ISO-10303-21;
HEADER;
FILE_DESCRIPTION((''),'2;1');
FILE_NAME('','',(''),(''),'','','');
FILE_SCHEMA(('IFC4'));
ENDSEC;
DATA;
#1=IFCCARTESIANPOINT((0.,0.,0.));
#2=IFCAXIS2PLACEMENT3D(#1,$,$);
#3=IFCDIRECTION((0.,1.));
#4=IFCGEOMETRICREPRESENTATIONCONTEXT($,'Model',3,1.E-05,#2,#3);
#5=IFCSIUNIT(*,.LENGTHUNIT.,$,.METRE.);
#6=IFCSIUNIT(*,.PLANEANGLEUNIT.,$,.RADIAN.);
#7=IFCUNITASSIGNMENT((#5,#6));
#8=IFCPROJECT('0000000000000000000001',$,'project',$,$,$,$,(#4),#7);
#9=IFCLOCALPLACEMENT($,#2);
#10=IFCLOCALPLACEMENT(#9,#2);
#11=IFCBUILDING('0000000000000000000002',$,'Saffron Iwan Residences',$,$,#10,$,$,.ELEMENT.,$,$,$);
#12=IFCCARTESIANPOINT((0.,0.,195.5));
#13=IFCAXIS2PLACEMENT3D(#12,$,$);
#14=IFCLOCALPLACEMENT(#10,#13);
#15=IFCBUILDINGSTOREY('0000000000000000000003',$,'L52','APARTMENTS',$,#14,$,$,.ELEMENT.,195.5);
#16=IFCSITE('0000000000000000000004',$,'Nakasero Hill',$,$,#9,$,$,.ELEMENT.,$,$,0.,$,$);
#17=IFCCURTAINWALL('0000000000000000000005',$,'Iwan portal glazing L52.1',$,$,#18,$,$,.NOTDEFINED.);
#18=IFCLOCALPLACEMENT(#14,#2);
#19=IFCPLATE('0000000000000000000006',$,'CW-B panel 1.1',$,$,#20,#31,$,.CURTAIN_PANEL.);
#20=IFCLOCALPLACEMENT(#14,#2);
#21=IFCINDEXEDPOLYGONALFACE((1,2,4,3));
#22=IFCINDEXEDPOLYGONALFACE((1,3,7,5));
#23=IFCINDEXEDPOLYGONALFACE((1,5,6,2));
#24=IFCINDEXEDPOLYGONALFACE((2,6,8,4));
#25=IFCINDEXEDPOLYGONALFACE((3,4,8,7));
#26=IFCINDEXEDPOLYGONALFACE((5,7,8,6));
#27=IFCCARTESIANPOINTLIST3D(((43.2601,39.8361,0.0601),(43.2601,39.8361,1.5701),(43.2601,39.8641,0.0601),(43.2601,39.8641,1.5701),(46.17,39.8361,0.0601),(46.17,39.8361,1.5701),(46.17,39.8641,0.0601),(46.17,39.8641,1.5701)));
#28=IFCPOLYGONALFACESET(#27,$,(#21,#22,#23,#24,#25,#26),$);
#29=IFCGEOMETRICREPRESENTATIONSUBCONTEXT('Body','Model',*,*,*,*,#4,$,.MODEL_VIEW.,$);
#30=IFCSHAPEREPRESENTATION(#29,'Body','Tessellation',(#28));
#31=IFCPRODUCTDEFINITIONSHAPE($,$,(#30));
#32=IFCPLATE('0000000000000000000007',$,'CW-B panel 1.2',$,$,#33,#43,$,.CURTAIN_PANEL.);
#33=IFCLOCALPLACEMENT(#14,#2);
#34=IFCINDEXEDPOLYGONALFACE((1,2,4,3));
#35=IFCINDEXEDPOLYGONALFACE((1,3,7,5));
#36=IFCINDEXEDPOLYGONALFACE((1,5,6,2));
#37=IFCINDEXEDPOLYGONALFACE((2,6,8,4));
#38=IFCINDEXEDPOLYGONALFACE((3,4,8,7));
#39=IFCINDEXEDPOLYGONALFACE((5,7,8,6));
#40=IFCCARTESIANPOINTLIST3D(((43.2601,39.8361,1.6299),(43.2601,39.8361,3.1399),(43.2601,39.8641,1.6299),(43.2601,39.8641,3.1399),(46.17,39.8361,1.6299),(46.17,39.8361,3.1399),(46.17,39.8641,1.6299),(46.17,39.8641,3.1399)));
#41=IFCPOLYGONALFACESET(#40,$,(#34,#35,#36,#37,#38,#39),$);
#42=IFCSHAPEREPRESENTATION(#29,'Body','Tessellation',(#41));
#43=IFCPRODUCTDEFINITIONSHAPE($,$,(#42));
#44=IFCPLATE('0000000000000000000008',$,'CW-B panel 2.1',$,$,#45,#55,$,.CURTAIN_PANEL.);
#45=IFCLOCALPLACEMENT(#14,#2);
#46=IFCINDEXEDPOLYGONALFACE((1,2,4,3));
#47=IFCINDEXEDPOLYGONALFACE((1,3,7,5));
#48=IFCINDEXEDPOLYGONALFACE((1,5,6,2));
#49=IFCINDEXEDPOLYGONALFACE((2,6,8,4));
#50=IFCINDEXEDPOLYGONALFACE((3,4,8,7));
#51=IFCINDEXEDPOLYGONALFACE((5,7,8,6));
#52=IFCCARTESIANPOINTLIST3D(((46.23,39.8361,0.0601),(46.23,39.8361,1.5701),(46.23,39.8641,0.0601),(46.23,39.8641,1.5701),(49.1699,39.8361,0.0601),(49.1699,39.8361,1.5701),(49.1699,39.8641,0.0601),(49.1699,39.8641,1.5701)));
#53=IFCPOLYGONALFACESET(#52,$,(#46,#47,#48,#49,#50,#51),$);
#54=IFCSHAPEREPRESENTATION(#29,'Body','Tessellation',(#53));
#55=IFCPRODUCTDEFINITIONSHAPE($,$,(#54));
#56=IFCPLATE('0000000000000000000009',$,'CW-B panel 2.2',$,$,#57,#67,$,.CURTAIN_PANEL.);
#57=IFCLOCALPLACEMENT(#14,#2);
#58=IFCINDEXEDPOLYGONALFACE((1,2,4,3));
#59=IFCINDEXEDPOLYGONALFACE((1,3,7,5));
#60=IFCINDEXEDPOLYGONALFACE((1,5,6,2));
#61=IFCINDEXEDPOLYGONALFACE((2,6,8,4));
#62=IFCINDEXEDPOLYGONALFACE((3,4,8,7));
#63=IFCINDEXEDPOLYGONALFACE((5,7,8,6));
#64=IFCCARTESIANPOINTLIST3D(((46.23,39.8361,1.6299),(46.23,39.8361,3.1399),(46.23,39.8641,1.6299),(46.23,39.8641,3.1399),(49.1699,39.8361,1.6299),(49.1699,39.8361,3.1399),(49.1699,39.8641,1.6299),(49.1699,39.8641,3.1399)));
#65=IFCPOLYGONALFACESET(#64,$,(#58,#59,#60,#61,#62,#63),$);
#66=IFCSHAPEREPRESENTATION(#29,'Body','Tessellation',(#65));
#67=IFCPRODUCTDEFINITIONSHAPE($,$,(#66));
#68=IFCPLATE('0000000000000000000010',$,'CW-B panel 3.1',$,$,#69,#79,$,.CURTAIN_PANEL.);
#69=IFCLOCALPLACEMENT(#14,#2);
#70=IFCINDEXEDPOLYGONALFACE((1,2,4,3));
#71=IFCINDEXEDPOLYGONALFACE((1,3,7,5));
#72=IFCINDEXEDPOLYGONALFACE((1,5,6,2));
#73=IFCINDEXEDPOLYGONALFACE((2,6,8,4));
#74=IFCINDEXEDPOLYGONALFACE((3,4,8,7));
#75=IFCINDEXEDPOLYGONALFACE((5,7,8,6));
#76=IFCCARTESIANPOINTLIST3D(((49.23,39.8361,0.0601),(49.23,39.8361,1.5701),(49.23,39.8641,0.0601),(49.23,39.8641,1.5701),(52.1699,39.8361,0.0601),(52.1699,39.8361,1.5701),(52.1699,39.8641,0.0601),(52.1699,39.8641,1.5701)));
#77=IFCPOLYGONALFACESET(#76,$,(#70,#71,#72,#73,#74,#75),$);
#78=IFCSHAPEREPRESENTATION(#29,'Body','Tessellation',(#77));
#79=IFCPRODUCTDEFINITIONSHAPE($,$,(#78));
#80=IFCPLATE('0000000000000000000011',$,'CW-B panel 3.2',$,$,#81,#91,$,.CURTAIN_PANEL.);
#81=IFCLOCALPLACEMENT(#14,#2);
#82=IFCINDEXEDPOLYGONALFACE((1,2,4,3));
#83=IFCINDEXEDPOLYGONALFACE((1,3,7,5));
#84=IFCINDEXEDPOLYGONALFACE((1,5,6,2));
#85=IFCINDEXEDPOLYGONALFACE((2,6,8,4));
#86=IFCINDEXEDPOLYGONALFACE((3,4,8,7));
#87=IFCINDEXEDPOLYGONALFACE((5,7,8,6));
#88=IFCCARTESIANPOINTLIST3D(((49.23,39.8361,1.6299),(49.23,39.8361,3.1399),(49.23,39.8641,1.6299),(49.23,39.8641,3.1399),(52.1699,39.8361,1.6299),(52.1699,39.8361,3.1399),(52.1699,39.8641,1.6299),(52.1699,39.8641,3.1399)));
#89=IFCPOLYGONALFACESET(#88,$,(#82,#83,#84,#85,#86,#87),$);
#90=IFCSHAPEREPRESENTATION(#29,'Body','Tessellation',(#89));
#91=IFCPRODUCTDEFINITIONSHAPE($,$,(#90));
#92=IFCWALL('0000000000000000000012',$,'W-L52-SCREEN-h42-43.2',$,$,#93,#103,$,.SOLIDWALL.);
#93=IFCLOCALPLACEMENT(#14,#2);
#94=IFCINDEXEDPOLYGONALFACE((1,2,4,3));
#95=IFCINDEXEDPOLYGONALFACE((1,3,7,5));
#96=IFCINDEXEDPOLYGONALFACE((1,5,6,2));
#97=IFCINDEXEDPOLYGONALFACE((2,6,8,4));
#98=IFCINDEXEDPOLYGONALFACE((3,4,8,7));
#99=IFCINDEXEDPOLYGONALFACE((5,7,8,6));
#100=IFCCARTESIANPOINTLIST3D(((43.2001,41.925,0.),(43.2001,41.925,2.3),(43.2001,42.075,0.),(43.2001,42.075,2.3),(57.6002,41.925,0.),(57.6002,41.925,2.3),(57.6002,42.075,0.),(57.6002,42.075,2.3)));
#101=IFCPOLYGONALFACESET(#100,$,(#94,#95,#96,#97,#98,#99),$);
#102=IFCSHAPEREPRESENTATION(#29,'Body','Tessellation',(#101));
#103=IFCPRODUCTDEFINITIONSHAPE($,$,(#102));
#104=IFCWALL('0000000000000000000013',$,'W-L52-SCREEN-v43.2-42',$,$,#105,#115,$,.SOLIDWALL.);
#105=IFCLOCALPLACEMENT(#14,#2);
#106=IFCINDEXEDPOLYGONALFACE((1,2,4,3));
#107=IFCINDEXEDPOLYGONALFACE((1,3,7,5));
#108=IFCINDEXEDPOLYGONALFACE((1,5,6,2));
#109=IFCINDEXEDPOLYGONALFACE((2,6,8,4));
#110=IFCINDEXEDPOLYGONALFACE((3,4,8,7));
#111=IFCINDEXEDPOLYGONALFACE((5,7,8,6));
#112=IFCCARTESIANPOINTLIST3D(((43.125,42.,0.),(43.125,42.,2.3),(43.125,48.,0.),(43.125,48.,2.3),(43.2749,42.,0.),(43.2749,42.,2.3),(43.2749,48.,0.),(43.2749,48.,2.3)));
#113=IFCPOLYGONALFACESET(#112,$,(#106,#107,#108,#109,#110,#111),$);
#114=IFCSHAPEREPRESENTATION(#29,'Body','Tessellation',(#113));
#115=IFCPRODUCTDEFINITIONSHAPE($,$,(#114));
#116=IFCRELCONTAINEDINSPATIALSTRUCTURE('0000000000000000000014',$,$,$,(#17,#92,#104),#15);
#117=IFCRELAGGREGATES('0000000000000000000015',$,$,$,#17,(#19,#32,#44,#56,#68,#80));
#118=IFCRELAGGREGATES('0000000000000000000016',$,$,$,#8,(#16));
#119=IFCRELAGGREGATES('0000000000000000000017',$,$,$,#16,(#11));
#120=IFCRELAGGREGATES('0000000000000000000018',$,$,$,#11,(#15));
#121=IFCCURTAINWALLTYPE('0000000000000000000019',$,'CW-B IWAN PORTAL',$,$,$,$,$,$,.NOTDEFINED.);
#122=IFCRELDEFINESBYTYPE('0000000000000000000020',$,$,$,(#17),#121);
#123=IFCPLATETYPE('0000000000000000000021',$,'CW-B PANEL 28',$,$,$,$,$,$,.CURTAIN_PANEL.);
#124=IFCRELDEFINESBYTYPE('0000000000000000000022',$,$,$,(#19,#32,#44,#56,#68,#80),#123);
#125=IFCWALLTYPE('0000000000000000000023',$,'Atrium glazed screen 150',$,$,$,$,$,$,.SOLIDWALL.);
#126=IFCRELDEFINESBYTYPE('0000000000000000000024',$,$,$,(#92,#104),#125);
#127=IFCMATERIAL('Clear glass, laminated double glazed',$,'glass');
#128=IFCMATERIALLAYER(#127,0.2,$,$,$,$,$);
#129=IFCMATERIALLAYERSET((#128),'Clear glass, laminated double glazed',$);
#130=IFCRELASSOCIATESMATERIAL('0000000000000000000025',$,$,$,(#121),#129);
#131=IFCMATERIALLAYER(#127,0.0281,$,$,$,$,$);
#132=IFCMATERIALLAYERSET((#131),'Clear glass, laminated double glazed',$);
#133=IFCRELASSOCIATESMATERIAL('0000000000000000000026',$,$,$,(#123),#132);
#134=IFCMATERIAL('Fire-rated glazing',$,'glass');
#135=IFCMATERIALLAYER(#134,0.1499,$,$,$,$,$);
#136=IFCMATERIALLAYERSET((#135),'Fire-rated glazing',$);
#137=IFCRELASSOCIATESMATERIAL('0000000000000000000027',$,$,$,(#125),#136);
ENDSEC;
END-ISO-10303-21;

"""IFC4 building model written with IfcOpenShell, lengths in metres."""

from ifc_helpers import new_model, si_unit, direction, frame, frame_2d, origin, origin_2d, place, context, subcontext, project, spatial, rectangle, extrude, source, transform, mapped, material, layer, layer_set, type_object, element, aggregate, save


model = new_model("IFC4")

# Units and contexts
model_context = context("Model", 3, precision=1e-05, world=origin(), true_north=direction((0.0, 1.0)))
body_context = subcontext(model_context, "Body", "Model", "MODEL_VIEW")
ifc_project = project(units=[si_unit("LENGTHUNIT", "METRE"), si_unit("PLANEANGLEUNIT", "RADIAN")], contexts=[model_context])

# Site, building, storey
site_placement = place(None, origin())
site = spatial("IfcSite", under=ifc_project, at=site_placement, Name="Nakasero Hill", CompositionType="ELEMENT", RefElevation=0.0)
building_placement = place(site_placement, origin())
building = spatial("IfcBuilding", under=site, at=building_placement, Name="Saffron Iwan Residences", CompositionType="ELEMENT")
storey_placement = place(building_placement, frame((0.0, 0.0, 195.5)))
storey = spatial("IfcBuildingStorey", under=building, at=storey_placement, Name="L52", Description="APARTMENTS", CompositionType="ELEMENT", Elevation=195.5)

# Curtain wall, plates
ifc_material_1 = material(Name="Clear glass, laminated double glazed", Category="glass")
ifc_layer_1 = layer(ifc_material_1, 0.2)
ifc_layer_set_1 = layer_set([ifc_layer_1], Name="Clear glass, laminated double glazed")
curtain_wall_type = type_object("IfcCurtainWallType", Name="CW-B IWAN PORTAL", PredefinedType="NOTDEFINED", material=ifc_layer_set_1)
curtain_wall_placement = place(storey_placement, origin())
curtain_wall = element("IfcCurtainWall", 1, at=curtain_wall_placement, inside=storey, type_object=curtain_wall_type, Name="Iwan portal glazing L52.1", PredefinedType="NOTDEFINED")
ifc_layer_2 = layer(ifc_material_1, 0.0281)
ifc_layer_set_2 = layer_set([ifc_layer_2], Name="Clear glass, laminated double glazed")
plate_type = type_object("IfcPlateType", Name="CW-B PANEL 28", PredefinedType="CURTAIN_PANEL", material=ifc_layer_set_2)
shared_shape_1 = source(origin(), body_context, "Body", "SweptSolid", [
    extrude(rectangle(XDim=2.9099, YDim=0.0281, at=origin_2d()), origin(), (0.0, 0.0, 1.0), 1.51),
])
plate_1_placement = place(storey_placement, frame((44.7151, 39.8501, 0.0601), z_axis=(0.0, 0.0, 1.0), x_axis=(1.0, 0.0, 0.0)))
plate_1 = element("IfcPlate", 2, at=plate_1_placement, type_object=plate_type, Name="CW-B panel 1.1", PredefinedType="CURTAIN_PANEL", context=body_context, shape_type="MappedRepresentation", body=[
    mapped(shared_shape_1, transform((0.0, 0.0, 0.0))),
])
plate_2_placement = place(storey_placement, frame((44.7151, 39.8501, 1.6299), z_axis=(0.0, 0.0, 1.0), x_axis=(1.0, 0.0, 0.0)))
plate_2 = element("IfcPlate", 3, at=plate_2_placement, type_object=plate_type, Name="CW-B panel 1.2", PredefinedType="CURTAIN_PANEL", context=body_context, shape_type="MappedRepresentation", body=[
    mapped(shared_shape_1, transform((0.0, 0.0, 0.0))),
])
shared_shape_2 = source(origin(), body_context, "Body", "SweptSolid", [
    extrude(rectangle(XDim=2.9399, YDim=0.0281, at=origin_2d()), origin(), (0.0, 0.0, 1.0), 1.51),
])
plate_3_placement = place(storey_placement, frame((47.7, 39.8501, 0.0601), z_axis=(0.0, 0.0, 1.0), x_axis=(1.0, 0.0, 0.0)))
plate_3 = element("IfcPlate", 4, at=plate_3_placement, type_object=plate_type, Name="CW-B panel 2.1", PredefinedType="CURTAIN_PANEL", context=body_context, shape_type="MappedRepresentation", body=[
    mapped(shared_shape_2, transform((0.0, 0.0, 0.0))),
])
plate_4_placement = place(storey_placement, frame((47.7, 39.8501, 1.6299), z_axis=(0.0, 0.0, 1.0), x_axis=(1.0, 0.0, 0.0)))
plate_4 = element("IfcPlate", 5, at=plate_4_placement, type_object=plate_type, Name="CW-B panel 2.2", PredefinedType="CURTAIN_PANEL", context=body_context, shape_type="MappedRepresentation", body=[
    mapped(shared_shape_2, transform((0.0, 0.0, 0.0))),
])
plate_5_placement = place(storey_placement, frame((50.7, 39.8501, 0.0601), z_axis=(0.0, 0.0, 1.0), x_axis=(1.0, 0.0, 0.0)))
plate_5 = element("IfcPlate", 6, at=plate_5_placement, type_object=plate_type, Name="CW-B panel 3.1", PredefinedType="CURTAIN_PANEL", context=body_context, shape_type="MappedRepresentation", body=[
    mapped(shared_shape_2, transform((0.0, 0.0, 0.0))),
])
plate_6_placement = place(storey_placement, frame((50.7, 39.8501, 1.6299), z_axis=(0.0, 0.0, 1.0), x_axis=(1.0, 0.0, 0.0)))
plate_6 = element("IfcPlate", 7, at=plate_6_placement, type_object=plate_type, Name="CW-B panel 3.2", PredefinedType="CURTAIN_PANEL", context=body_context, shape_type="MappedRepresentation", body=[
    mapped(shared_shape_2, transform((0.0, 0.0, 0.0))),
])
aggregate(curtain_wall, [plate_1, plate_2, plate_3, plate_4, plate_5, plate_6])

# Walls
ifc_material_2 = material(Name="Fire-rated glazing", Category="glass")
ifc_layer_3 = layer(ifc_material_2, 0.1499)
ifc_layer_set_3 = layer_set([ifc_layer_3], Name="Fire-rated glazing")
wall_type = type_object("IfcWallType", Name="Atrium glazed screen 150", PredefinedType="SOLIDWALL", material=ifc_layer_set_3)
wall_1_placement = place(storey_placement, frame((43.2, 42.0, 0.0), z_axis=(0.0, 0.0, 1.0), x_axis=(1.0, 0.0, 0.0)))
element("IfcWall", 8, at=wall_1_placement, inside=storey, type_object=wall_type, Name="W-L52-SCREEN-h42-43.2", PredefinedType="SOLIDWALL", context=body_context, shape_type="SweptSolid", body=[
    extrude(rectangle(XDim=14.4001, YDim=0.1499, at=frame_2d((7.2002, 0.0))), origin(), (0.0, 0.0, 1.0), 2.3),
])
wall_2_placement = place(storey_placement, frame((43.2, 42.0, 0.0), z_axis=(0.0, 0.0, 1.0), x_axis=(0.0, 1.0, 0.0)))
element("IfcWall", 9, at=wall_2_placement, inside=storey, type_object=wall_type, Name="W-L52-SCREEN-v43.2-42", PredefinedType="SOLIDWALL", context=body_context, shape_type="SweptSolid", body=[
    extrude(rectangle(XDim=6.0, YDim=0.1499, at=frame_2d((3.0, 0.0))), origin(), (0.0, 0.0, 1.0), 2.3),
])

save(model, "model.ifc")
